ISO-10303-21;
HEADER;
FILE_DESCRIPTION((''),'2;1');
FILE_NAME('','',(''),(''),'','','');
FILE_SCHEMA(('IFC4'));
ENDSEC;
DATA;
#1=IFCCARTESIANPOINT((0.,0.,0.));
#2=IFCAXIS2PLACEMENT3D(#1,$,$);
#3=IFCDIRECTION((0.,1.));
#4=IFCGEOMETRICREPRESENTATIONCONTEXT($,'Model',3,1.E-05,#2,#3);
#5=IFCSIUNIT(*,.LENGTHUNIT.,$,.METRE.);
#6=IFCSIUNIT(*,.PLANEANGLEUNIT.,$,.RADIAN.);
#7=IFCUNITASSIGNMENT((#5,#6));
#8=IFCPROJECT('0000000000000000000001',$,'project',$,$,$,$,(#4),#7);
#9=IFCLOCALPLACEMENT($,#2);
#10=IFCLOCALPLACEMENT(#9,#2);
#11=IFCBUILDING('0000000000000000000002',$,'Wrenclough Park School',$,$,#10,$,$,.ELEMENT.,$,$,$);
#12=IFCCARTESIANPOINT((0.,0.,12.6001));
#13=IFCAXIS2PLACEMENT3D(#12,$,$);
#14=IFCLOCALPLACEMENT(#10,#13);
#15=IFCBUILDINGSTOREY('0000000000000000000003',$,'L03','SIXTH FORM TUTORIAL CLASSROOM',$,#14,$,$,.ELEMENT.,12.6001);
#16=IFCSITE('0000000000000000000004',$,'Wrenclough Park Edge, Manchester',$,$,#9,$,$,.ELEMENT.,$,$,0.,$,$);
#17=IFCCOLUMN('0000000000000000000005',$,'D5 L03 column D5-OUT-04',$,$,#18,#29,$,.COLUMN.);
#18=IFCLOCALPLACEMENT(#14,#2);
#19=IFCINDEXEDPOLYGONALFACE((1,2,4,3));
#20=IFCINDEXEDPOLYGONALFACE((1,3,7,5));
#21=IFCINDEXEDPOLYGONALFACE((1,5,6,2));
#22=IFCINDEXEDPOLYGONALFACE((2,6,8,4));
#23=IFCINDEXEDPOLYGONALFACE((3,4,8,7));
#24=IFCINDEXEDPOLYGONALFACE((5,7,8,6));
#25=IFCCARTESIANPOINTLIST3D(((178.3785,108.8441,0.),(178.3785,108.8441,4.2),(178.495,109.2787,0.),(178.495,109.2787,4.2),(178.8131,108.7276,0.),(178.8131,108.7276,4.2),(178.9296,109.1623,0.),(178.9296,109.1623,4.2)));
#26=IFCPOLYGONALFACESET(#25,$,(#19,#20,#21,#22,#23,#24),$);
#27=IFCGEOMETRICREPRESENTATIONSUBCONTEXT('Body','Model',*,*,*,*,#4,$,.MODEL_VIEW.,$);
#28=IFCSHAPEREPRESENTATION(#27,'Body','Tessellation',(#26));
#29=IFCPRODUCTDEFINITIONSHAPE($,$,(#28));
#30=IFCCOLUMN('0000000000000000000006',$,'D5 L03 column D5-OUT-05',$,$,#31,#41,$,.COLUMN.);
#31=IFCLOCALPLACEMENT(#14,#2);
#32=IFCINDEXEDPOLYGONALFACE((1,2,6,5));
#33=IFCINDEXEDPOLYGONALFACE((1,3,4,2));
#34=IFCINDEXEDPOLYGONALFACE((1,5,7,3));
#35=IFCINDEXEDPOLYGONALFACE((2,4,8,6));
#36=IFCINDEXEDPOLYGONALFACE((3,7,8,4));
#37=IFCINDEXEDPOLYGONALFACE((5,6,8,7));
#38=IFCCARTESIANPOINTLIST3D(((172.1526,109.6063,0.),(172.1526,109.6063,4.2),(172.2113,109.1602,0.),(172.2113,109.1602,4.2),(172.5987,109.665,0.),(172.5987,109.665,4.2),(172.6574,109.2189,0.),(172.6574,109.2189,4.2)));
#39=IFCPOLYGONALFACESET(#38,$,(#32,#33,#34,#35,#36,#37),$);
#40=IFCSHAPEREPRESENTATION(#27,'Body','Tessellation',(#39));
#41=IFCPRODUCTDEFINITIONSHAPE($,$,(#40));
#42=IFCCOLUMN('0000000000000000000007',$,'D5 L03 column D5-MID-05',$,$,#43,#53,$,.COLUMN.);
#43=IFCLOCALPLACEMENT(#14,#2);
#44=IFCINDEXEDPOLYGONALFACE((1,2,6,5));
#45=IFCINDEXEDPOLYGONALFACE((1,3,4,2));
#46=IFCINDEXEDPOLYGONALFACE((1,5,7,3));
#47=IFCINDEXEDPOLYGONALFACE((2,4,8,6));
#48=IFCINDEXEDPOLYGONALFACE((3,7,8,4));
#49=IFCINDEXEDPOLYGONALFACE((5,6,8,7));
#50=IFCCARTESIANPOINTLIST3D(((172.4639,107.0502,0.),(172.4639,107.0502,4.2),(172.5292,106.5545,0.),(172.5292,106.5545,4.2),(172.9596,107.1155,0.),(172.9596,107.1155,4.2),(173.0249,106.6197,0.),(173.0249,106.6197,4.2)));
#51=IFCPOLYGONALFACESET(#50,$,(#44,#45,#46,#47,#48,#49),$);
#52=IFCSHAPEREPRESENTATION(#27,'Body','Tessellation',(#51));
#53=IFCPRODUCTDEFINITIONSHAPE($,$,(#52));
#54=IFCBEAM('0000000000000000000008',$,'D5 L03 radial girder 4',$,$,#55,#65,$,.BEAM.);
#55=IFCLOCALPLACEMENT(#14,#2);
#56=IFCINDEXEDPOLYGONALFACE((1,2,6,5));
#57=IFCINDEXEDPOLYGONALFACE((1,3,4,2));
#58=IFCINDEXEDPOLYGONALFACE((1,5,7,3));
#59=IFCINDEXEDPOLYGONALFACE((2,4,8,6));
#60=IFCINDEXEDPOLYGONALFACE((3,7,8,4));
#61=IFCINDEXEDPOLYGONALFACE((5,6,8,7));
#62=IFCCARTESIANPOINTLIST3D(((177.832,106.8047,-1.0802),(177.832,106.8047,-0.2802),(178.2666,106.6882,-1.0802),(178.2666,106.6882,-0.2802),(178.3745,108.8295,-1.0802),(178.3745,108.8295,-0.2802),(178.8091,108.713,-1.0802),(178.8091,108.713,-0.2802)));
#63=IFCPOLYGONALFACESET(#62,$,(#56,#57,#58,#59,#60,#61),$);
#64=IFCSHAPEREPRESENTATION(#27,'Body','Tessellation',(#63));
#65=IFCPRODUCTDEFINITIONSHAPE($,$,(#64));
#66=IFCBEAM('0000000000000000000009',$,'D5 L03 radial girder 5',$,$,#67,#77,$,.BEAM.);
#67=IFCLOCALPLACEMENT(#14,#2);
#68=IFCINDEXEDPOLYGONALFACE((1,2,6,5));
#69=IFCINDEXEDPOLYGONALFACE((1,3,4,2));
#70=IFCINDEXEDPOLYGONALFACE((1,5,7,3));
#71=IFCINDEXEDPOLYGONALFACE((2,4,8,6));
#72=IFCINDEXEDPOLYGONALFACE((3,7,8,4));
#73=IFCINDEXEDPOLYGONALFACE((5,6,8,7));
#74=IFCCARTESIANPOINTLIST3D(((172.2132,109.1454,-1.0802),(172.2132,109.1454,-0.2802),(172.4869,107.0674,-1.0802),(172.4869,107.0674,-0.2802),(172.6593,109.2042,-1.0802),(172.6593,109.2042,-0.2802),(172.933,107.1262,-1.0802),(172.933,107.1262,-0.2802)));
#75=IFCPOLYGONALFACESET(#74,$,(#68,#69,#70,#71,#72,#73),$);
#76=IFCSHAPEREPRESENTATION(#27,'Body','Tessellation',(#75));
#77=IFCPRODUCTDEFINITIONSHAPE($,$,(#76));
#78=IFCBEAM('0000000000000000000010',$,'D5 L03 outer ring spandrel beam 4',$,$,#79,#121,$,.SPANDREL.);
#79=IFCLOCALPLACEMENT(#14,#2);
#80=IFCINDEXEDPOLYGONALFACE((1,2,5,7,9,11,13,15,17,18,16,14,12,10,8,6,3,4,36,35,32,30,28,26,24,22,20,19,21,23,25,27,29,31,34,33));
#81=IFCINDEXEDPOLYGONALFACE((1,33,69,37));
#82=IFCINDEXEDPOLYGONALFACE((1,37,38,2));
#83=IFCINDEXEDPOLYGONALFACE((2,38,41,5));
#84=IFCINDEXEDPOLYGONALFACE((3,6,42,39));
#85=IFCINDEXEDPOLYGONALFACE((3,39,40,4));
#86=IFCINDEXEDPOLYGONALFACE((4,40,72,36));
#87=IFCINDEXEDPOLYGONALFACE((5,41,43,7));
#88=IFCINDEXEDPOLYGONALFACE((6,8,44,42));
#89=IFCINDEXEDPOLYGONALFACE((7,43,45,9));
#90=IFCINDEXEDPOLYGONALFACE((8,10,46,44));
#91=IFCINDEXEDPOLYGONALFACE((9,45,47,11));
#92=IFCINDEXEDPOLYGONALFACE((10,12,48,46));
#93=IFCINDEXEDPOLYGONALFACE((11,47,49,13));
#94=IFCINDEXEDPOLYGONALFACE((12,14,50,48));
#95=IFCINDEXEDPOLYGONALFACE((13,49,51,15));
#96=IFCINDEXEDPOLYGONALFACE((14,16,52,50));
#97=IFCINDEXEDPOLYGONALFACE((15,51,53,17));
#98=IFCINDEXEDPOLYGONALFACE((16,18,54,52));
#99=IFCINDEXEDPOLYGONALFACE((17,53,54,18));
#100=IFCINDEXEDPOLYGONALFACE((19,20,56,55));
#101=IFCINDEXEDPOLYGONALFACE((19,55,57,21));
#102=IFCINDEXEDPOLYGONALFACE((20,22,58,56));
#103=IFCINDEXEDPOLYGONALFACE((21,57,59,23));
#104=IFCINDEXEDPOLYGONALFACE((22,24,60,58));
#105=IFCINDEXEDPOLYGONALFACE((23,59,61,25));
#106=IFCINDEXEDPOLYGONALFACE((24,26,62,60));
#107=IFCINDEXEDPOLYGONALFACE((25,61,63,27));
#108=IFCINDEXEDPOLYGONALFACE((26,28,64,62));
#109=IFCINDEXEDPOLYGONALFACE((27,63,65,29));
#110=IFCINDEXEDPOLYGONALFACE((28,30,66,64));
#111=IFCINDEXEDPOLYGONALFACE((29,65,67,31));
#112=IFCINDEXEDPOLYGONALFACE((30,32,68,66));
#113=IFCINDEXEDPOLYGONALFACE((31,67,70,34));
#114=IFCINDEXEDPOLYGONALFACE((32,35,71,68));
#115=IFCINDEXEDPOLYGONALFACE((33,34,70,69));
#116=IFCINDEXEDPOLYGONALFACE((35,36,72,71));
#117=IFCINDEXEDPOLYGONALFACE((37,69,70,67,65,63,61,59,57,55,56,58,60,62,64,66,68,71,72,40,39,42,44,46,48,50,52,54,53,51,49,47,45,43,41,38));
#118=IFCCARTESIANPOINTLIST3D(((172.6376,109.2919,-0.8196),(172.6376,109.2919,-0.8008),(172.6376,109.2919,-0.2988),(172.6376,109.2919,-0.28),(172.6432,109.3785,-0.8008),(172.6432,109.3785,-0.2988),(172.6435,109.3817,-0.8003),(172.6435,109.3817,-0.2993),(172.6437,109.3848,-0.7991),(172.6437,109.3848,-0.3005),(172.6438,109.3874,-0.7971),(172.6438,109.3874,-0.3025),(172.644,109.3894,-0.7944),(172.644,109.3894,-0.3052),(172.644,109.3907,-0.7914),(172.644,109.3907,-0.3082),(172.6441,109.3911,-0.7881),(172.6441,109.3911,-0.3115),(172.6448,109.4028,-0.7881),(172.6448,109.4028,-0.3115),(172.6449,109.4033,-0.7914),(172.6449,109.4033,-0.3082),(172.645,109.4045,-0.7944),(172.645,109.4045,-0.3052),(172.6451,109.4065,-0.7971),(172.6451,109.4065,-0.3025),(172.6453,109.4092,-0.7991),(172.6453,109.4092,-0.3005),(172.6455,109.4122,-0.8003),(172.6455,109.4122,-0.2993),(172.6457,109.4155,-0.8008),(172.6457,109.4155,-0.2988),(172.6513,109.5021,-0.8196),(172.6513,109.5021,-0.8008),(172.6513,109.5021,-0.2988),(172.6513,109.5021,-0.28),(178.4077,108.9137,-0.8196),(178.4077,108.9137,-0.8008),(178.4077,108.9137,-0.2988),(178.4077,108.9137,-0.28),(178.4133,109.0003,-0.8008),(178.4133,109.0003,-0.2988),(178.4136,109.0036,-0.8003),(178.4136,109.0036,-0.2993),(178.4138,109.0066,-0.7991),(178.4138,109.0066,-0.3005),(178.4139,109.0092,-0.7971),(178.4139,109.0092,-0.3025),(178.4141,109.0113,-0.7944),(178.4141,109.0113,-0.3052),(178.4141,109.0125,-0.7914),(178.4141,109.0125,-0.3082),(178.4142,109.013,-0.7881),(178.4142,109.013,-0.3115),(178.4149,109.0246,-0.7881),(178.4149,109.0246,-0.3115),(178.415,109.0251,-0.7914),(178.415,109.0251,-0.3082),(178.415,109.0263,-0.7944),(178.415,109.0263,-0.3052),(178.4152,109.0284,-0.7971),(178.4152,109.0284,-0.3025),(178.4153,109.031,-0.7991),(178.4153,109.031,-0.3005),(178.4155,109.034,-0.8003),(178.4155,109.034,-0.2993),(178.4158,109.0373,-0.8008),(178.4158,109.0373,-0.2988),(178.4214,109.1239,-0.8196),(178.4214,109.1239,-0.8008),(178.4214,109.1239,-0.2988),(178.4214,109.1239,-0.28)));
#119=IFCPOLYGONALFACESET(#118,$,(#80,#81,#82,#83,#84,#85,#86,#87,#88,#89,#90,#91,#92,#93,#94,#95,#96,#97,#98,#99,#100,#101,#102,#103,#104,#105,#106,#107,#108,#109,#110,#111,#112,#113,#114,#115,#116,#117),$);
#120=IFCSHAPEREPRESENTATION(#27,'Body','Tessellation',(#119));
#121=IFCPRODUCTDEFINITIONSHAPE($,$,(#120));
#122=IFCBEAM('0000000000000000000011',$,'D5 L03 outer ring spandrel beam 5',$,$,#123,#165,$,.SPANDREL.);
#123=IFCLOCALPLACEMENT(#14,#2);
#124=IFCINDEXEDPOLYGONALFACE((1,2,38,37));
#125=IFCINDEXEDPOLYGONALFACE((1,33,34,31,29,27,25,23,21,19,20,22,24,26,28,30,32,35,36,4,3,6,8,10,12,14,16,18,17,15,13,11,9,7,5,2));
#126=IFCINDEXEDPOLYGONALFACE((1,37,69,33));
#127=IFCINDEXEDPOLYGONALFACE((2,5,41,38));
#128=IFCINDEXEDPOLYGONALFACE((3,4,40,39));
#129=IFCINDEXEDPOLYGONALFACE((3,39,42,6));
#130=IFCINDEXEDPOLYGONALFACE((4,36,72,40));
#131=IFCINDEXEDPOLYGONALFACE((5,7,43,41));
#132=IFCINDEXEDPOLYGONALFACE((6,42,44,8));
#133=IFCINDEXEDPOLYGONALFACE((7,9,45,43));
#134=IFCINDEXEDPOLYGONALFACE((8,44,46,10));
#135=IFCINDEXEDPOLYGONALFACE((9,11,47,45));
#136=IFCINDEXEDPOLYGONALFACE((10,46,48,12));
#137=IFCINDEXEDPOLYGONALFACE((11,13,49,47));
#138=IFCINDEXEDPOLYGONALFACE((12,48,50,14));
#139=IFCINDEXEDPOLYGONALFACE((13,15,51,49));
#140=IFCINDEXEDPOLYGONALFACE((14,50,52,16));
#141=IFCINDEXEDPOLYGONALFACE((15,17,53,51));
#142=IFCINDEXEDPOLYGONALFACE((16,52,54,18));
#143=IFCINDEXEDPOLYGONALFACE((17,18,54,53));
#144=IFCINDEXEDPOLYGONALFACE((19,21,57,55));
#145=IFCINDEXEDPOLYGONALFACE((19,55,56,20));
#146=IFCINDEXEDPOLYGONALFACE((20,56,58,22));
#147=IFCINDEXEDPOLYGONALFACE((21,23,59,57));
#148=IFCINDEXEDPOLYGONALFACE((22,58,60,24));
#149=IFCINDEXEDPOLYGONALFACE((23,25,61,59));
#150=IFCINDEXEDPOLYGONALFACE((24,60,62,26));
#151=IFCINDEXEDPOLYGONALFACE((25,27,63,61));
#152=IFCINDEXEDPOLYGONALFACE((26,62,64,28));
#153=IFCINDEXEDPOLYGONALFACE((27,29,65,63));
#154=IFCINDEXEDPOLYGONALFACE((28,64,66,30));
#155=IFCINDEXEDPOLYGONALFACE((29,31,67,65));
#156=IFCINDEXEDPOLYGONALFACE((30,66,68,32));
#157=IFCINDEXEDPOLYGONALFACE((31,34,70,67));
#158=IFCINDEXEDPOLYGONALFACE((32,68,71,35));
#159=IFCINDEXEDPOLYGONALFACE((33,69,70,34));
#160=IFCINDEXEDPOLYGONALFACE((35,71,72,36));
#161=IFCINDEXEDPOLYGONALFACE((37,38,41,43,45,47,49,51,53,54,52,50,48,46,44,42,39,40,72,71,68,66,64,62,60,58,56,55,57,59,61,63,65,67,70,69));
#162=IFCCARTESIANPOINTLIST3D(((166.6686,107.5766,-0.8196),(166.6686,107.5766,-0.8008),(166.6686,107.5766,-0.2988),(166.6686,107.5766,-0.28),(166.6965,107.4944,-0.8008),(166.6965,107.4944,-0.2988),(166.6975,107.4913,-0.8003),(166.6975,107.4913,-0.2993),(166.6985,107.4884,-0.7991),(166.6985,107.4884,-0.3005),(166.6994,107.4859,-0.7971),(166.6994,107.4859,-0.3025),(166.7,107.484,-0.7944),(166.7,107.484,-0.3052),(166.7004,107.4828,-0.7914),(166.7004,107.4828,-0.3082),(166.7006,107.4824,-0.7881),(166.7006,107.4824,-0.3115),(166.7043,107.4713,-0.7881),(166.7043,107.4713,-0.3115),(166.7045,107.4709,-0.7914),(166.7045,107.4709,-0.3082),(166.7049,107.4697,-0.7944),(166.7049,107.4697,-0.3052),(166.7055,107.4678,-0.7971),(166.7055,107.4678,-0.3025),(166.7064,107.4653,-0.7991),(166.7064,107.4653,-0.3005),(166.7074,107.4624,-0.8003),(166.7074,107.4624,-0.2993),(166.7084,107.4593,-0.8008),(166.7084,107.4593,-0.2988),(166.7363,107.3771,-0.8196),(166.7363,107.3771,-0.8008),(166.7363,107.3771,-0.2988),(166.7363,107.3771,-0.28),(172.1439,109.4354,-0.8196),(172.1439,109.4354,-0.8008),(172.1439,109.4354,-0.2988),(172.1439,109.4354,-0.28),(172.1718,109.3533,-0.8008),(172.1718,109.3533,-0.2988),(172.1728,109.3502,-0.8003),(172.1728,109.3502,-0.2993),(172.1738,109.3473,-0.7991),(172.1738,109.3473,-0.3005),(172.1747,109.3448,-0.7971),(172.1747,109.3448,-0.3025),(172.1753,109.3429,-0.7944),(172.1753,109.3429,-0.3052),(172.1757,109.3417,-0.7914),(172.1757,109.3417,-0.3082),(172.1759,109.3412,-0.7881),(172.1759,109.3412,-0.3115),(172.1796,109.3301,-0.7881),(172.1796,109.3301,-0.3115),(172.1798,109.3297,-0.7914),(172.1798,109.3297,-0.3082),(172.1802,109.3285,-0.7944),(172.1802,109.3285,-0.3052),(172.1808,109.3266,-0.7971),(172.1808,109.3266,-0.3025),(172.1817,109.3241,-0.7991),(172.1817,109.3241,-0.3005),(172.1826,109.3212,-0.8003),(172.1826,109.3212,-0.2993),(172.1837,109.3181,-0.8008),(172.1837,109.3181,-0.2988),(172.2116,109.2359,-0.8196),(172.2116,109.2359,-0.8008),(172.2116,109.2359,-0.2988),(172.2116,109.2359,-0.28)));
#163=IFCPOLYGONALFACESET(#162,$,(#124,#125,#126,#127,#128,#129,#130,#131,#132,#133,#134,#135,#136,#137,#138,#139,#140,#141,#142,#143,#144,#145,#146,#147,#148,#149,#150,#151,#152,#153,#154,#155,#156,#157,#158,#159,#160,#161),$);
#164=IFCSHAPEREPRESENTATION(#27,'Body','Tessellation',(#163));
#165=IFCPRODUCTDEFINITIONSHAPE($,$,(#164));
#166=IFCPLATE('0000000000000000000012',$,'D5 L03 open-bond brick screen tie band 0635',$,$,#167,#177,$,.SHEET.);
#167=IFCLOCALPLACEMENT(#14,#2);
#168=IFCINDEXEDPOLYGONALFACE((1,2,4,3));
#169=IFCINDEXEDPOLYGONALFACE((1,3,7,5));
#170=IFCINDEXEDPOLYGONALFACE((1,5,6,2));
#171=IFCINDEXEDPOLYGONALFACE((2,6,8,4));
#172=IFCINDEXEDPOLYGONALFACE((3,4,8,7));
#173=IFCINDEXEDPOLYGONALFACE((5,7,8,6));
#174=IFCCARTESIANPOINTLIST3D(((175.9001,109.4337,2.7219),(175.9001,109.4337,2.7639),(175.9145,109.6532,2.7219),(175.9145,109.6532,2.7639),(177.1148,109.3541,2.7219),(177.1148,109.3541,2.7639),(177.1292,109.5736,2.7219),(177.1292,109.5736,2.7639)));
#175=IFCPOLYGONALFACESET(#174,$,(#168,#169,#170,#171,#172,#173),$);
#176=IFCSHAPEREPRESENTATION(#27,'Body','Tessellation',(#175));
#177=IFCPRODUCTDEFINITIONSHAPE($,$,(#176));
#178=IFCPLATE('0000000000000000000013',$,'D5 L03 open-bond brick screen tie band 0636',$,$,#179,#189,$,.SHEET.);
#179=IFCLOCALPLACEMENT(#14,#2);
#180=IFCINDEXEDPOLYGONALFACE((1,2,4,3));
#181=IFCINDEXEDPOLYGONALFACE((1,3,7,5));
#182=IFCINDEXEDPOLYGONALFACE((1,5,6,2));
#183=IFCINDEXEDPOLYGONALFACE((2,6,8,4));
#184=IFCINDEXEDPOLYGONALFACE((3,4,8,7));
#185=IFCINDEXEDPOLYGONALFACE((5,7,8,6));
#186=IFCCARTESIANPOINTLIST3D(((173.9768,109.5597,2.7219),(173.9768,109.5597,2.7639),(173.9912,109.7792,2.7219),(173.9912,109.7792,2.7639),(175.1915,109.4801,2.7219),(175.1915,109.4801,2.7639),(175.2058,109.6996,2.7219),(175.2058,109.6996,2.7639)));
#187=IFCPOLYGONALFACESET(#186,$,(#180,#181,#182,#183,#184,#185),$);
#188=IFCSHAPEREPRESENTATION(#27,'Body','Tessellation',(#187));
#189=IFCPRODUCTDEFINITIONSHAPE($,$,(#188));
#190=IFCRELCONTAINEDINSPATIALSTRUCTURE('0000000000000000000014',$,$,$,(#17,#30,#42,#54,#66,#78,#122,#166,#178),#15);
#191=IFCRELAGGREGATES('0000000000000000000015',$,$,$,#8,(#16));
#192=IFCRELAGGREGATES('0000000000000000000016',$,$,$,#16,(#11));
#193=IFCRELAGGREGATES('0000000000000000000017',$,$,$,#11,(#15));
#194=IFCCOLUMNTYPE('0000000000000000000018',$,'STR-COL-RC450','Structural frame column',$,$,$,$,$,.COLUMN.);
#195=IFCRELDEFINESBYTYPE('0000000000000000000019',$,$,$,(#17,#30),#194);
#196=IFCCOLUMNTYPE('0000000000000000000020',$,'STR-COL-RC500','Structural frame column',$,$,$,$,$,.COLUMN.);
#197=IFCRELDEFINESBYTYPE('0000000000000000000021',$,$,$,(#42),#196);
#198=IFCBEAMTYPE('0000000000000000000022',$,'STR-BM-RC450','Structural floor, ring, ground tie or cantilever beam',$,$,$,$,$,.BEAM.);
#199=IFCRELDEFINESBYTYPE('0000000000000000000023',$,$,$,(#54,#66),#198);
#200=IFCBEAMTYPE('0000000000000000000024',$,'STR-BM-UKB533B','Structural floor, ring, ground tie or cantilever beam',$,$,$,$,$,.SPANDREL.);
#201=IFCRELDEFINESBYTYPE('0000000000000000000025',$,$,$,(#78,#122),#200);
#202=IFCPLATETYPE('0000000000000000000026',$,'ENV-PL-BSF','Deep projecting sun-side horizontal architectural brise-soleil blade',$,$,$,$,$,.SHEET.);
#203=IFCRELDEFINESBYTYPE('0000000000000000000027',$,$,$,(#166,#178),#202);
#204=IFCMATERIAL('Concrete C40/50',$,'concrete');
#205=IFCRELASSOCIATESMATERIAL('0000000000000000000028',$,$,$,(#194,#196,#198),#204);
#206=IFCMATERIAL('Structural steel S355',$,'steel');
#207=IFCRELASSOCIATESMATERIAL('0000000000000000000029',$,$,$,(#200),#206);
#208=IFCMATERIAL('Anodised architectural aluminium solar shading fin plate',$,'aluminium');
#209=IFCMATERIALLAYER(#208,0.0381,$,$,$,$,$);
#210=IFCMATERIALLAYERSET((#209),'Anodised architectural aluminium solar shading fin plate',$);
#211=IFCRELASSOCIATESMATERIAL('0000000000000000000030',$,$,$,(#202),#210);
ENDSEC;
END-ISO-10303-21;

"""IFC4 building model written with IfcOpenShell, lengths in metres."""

from ifc_helpers import new_model, si_unit, direction, frame, origin, origin_2d, place, context, subcontext, project, spatial, rectangle, i_section, extrude, material, layer, layer_set, material_profile, profile_set, type_object, element, save


model = new_model("IFC4")

# Units and contexts
model_context = context("Model", 3, precision=1e-05, world=origin(), true_north=direction((0.0, 1.0)))
body_context = subcontext(model_context, "Body", "Model", "MODEL_VIEW")
ifc_project = project(units=[si_unit("LENGTHUNIT", "METRE"), si_unit("PLANEANGLEUNIT", "RADIAN")], contexts=[model_context])

# Site, building, storey
site_placement = place(None, origin())
site = spatial("IfcSite", under=ifc_project, at=site_placement, Name="Wrenclough Park Edge, Manchester", CompositionType="ELEMENT", RefElevation=0.0)
building_placement = place(site_placement, origin())
building = spatial("IfcBuilding", under=site, at=building_placement, Name="Wrenclough Park School", CompositionType="ELEMENT")
storey_placement = place(building_placement, frame((0.0, 0.0, 12.6001)))
storey = spatial("IfcBuildingStorey", under=building, at=storey_placement, Name="L03", Description="SIXTH FORM TUTORIAL CLASSROOM", CompositionType="ELEMENT", Elevation=12.6001)

# Columns
ifc_material_1 = material(Name="Concrete C40/50", Category="concrete")
ifc_material_profile_1 = material_profile(ifc_material_1, rectangle(XDim=0.45, YDim=0.45, at=origin_2d()), Name="RC COL 450x450")
ifc_profile_set_1 = profile_set([ifc_material_profile_1], Name="Concrete C40/50")
column_type_1 = type_object("IfcColumnType", Name="STR-COL-RC450", Description="Structural frame column", PredefinedType="COLUMN", material=ifc_profile_set_1)
for number, where, z_axis, x_axis, name in (
    (1, (178.6541, 109.0032, 0.0), (0.0, 0.0, 1.0), (-0.965926, 0.258819, 0.0), "D5 L03 column D5-OUT-04"),
    (2, (172.405, 109.4126, 0.0), (0.0, 0.0, 1.0), (-0.991445, -0.130526, 0.0), "D5 L03 column D5-OUT-05"),
):
    element("IfcColumn", number, at=place(storey_placement, frame(where, z_axis=z_axis, x_axis=x_axis)), inside=storey, type_object=column_type_1, Name=name, PredefinedType="COLUMN", context=body_context, shape_type="SweptSolid", body=[
        extrude(rectangle(XDim=0.45, YDim=0.45, at=origin_2d()), origin(), (0.0, 0.0, 1.0), 4.2),
    ])
ifc_material_profile_2 = material_profile(ifc_material_1, rectangle(XDim=0.5, YDim=0.5, at=origin_2d()), Name="RC COL 500x500")
ifc_profile_set_2 = profile_set([ifc_material_profile_2], Name="Concrete C40/50")
column_type_2 = type_object("IfcColumnType", Name="STR-COL-RC500", Description="Structural frame column", PredefinedType="COLUMN", material=ifc_profile_set_2)
column_placement = place(storey_placement, frame((172.7444, 106.835, 0.0), z_axis=(0.0, 0.0, 1.0), x_axis=(-0.991445, -0.130526, 0.0)))
element("IfcColumn", 3, at=column_placement, inside=storey, type_object=column_type_2, Name="D5 L03 column D5-MID-05", PredefinedType="COLUMN", context=body_context, shape_type="SweptSolid", body=[
    extrude(rectangle(XDim=0.5, YDim=0.5, at=origin_2d()), origin(), (0.0, 0.0, 1.0), 4.2),
])

# Beams
ifc_material_profile_3 = material_profile(ifc_material_1, rectangle(XDim=0.45, YDim=0.8, at=origin_2d()), Name="RC BEAM 450x800")
ifc_profile_set_3 = profile_set([ifc_material_profile_3], Name="Concrete C40/50")
beam_type_1 = type_object("IfcBeamType", Name="STR-BM-RC450", Description="Structural floor, ring, ground tie or cantilever beam", PredefinedType="BEAM", material=ifc_profile_set_3)
beam_1_placement = place(storey_placement, frame((178.5918, 108.7712, -0.6802), z_axis=(-0.258808, -0.965929, 0.0), x_axis=(0.965929, -0.258808, 0.0)))
element("IfcBeam", 4, at=beam_1_placement, inside=storey, type_object=beam_type_1, Name="D5 L03 radial girder 4", PredefinedType="BEAM", context=body_context, shape_type="SweptSolid", body=[
    extrude(rectangle(XDim=0.45, YDim=0.8, at=origin_2d()), origin(), (0.0, 0.0, 1.0), 2.0962),
])
beam_2_placement = place(storey_placement, frame((172.4363, 109.1748, -0.6802), z_axis=(0.130569, -0.991439, 0.0), x_axis=(0.991439, 0.130569, 0.0)))
element("IfcBeam", 5, at=beam_2_placement, inside=storey, type_object=beam_type_1, Name="D5 L03 radial girder 5", PredefinedType="BEAM", context=body_context, shape_type="SweptSolid", body=[
    extrude(rectangle(XDim=0.45, YDim=0.8, at=origin_2d()), origin(), (0.0, 0.0, 1.0), 2.0959),
])
ifc_material_2 = material(Name="Structural steel S355", Category="steel")
ifc_material_profile_4 = material_profile(ifc_material_2, i_section(OverallWidth=0.2107, OverallDepth=0.5396, WebThickness=0.0117, FlangeThickness=0.0188, FilletRadius=0.0127, at=origin_2d()), Name="UKB 533x210x109")
ifc_profile_set_4 = profile_set([ifc_material_profile_4], Name="Structural steel S355")
beam_type_2 = type_object("IfcBeamType", Name="STR-BM-UKB533B", Description="Structural floor, ring, ground tie or cantilever beam", PredefinedType="SPANDREL", material=ifc_profile_set_4)
beam_3_placement = place(storey_placement, frame((178.4146, 109.0188, -0.5498), z_axis=(-0.997859, 0.065401, 0.0), x_axis=(-0.065401, -0.997859, 0.0)))
element("IfcBeam", 6, at=beam_3_placement, inside=storey, type_object=beam_type_2, Name="D5 L03 outer ring spandrel beam 4", PredefinedType="SPANDREL", context=body_context, shape_type="SweptSolid", body=[
    extrude(i_section(OverallWidth=0.2107, OverallDepth=0.5396, WebThickness=0.0117, FlangeThickness=0.0188, FilletRadius=0.0127, at=origin_2d()), origin(), (0.0, 0.0, 1.0), 5.7825),
])
beam_4_placement = place(storey_placement, frame((172.1777, 109.3357, -0.5498), z_axis=(-0.946917, -0.32148, 0.0), x_axis=(0.32148, -0.946917, 0.0)))
element("IfcBeam", 7, at=beam_4_placement, inside=storey, type_object=beam_type_2, Name="D5 L03 outer ring spandrel beam 5", PredefinedType="SPANDREL", context=body_context, shape_type="SweptSolid", body=[
    extrude(i_section(OverallWidth=0.2107, OverallDepth=0.5396, WebThickness=0.0117, FlangeThickness=0.0188, FilletRadius=0.0127, at=origin_2d()), origin(), (0.0, 0.0, 1.0), 5.7822),
])

# Plates
ifc_material_3 = material(Name="Anodised architectural aluminium solar shading fin plate", Category="aluminium")
ifc_layer_1 = layer(ifc_material_3, 0.0381)
ifc_layer_set_1 = layer_set([ifc_layer_1], Name="Anodised architectural aluminium solar shading fin plate")
plate_type = type_object("IfcPlateType", Name="ENV-PL-BSF", Description="Deep projecting sun-side horizontal architectural brise-soleil blade", PredefinedType="SHEET", material=ifc_layer_set_1)
for number, where, z_axis, x_axis, name in (
    (8, (176.5146, 109.5037, 2.7219), (0.0, 0.0, 1.0), (-0.997859, 0.065406, 0.0), "D5 L03 open-bond brick screen tie band 0635"),
    (9, (174.5913, 109.6296, 2.7219), (0.0, 0.0, 1.0), (-0.997859, 0.065406, 0.0), "D5 L03 open-bond brick screen tie band 0636"),
):
    element("IfcPlate", number, at=place(storey_placement, frame(where, z_axis=z_axis, x_axis=x_axis)), inside=storey, type_object=plate_type, Name=name, PredefinedType="SHEET", context=body_context, shape_type="SweptSolid", body=[
        extrude(rectangle(XDim=1.2173, YDim=0.22, at=origin_2d()), origin(), (0.0, 0.0, 1.0), 0.042),
    ])

save(model, "model.ifc")
